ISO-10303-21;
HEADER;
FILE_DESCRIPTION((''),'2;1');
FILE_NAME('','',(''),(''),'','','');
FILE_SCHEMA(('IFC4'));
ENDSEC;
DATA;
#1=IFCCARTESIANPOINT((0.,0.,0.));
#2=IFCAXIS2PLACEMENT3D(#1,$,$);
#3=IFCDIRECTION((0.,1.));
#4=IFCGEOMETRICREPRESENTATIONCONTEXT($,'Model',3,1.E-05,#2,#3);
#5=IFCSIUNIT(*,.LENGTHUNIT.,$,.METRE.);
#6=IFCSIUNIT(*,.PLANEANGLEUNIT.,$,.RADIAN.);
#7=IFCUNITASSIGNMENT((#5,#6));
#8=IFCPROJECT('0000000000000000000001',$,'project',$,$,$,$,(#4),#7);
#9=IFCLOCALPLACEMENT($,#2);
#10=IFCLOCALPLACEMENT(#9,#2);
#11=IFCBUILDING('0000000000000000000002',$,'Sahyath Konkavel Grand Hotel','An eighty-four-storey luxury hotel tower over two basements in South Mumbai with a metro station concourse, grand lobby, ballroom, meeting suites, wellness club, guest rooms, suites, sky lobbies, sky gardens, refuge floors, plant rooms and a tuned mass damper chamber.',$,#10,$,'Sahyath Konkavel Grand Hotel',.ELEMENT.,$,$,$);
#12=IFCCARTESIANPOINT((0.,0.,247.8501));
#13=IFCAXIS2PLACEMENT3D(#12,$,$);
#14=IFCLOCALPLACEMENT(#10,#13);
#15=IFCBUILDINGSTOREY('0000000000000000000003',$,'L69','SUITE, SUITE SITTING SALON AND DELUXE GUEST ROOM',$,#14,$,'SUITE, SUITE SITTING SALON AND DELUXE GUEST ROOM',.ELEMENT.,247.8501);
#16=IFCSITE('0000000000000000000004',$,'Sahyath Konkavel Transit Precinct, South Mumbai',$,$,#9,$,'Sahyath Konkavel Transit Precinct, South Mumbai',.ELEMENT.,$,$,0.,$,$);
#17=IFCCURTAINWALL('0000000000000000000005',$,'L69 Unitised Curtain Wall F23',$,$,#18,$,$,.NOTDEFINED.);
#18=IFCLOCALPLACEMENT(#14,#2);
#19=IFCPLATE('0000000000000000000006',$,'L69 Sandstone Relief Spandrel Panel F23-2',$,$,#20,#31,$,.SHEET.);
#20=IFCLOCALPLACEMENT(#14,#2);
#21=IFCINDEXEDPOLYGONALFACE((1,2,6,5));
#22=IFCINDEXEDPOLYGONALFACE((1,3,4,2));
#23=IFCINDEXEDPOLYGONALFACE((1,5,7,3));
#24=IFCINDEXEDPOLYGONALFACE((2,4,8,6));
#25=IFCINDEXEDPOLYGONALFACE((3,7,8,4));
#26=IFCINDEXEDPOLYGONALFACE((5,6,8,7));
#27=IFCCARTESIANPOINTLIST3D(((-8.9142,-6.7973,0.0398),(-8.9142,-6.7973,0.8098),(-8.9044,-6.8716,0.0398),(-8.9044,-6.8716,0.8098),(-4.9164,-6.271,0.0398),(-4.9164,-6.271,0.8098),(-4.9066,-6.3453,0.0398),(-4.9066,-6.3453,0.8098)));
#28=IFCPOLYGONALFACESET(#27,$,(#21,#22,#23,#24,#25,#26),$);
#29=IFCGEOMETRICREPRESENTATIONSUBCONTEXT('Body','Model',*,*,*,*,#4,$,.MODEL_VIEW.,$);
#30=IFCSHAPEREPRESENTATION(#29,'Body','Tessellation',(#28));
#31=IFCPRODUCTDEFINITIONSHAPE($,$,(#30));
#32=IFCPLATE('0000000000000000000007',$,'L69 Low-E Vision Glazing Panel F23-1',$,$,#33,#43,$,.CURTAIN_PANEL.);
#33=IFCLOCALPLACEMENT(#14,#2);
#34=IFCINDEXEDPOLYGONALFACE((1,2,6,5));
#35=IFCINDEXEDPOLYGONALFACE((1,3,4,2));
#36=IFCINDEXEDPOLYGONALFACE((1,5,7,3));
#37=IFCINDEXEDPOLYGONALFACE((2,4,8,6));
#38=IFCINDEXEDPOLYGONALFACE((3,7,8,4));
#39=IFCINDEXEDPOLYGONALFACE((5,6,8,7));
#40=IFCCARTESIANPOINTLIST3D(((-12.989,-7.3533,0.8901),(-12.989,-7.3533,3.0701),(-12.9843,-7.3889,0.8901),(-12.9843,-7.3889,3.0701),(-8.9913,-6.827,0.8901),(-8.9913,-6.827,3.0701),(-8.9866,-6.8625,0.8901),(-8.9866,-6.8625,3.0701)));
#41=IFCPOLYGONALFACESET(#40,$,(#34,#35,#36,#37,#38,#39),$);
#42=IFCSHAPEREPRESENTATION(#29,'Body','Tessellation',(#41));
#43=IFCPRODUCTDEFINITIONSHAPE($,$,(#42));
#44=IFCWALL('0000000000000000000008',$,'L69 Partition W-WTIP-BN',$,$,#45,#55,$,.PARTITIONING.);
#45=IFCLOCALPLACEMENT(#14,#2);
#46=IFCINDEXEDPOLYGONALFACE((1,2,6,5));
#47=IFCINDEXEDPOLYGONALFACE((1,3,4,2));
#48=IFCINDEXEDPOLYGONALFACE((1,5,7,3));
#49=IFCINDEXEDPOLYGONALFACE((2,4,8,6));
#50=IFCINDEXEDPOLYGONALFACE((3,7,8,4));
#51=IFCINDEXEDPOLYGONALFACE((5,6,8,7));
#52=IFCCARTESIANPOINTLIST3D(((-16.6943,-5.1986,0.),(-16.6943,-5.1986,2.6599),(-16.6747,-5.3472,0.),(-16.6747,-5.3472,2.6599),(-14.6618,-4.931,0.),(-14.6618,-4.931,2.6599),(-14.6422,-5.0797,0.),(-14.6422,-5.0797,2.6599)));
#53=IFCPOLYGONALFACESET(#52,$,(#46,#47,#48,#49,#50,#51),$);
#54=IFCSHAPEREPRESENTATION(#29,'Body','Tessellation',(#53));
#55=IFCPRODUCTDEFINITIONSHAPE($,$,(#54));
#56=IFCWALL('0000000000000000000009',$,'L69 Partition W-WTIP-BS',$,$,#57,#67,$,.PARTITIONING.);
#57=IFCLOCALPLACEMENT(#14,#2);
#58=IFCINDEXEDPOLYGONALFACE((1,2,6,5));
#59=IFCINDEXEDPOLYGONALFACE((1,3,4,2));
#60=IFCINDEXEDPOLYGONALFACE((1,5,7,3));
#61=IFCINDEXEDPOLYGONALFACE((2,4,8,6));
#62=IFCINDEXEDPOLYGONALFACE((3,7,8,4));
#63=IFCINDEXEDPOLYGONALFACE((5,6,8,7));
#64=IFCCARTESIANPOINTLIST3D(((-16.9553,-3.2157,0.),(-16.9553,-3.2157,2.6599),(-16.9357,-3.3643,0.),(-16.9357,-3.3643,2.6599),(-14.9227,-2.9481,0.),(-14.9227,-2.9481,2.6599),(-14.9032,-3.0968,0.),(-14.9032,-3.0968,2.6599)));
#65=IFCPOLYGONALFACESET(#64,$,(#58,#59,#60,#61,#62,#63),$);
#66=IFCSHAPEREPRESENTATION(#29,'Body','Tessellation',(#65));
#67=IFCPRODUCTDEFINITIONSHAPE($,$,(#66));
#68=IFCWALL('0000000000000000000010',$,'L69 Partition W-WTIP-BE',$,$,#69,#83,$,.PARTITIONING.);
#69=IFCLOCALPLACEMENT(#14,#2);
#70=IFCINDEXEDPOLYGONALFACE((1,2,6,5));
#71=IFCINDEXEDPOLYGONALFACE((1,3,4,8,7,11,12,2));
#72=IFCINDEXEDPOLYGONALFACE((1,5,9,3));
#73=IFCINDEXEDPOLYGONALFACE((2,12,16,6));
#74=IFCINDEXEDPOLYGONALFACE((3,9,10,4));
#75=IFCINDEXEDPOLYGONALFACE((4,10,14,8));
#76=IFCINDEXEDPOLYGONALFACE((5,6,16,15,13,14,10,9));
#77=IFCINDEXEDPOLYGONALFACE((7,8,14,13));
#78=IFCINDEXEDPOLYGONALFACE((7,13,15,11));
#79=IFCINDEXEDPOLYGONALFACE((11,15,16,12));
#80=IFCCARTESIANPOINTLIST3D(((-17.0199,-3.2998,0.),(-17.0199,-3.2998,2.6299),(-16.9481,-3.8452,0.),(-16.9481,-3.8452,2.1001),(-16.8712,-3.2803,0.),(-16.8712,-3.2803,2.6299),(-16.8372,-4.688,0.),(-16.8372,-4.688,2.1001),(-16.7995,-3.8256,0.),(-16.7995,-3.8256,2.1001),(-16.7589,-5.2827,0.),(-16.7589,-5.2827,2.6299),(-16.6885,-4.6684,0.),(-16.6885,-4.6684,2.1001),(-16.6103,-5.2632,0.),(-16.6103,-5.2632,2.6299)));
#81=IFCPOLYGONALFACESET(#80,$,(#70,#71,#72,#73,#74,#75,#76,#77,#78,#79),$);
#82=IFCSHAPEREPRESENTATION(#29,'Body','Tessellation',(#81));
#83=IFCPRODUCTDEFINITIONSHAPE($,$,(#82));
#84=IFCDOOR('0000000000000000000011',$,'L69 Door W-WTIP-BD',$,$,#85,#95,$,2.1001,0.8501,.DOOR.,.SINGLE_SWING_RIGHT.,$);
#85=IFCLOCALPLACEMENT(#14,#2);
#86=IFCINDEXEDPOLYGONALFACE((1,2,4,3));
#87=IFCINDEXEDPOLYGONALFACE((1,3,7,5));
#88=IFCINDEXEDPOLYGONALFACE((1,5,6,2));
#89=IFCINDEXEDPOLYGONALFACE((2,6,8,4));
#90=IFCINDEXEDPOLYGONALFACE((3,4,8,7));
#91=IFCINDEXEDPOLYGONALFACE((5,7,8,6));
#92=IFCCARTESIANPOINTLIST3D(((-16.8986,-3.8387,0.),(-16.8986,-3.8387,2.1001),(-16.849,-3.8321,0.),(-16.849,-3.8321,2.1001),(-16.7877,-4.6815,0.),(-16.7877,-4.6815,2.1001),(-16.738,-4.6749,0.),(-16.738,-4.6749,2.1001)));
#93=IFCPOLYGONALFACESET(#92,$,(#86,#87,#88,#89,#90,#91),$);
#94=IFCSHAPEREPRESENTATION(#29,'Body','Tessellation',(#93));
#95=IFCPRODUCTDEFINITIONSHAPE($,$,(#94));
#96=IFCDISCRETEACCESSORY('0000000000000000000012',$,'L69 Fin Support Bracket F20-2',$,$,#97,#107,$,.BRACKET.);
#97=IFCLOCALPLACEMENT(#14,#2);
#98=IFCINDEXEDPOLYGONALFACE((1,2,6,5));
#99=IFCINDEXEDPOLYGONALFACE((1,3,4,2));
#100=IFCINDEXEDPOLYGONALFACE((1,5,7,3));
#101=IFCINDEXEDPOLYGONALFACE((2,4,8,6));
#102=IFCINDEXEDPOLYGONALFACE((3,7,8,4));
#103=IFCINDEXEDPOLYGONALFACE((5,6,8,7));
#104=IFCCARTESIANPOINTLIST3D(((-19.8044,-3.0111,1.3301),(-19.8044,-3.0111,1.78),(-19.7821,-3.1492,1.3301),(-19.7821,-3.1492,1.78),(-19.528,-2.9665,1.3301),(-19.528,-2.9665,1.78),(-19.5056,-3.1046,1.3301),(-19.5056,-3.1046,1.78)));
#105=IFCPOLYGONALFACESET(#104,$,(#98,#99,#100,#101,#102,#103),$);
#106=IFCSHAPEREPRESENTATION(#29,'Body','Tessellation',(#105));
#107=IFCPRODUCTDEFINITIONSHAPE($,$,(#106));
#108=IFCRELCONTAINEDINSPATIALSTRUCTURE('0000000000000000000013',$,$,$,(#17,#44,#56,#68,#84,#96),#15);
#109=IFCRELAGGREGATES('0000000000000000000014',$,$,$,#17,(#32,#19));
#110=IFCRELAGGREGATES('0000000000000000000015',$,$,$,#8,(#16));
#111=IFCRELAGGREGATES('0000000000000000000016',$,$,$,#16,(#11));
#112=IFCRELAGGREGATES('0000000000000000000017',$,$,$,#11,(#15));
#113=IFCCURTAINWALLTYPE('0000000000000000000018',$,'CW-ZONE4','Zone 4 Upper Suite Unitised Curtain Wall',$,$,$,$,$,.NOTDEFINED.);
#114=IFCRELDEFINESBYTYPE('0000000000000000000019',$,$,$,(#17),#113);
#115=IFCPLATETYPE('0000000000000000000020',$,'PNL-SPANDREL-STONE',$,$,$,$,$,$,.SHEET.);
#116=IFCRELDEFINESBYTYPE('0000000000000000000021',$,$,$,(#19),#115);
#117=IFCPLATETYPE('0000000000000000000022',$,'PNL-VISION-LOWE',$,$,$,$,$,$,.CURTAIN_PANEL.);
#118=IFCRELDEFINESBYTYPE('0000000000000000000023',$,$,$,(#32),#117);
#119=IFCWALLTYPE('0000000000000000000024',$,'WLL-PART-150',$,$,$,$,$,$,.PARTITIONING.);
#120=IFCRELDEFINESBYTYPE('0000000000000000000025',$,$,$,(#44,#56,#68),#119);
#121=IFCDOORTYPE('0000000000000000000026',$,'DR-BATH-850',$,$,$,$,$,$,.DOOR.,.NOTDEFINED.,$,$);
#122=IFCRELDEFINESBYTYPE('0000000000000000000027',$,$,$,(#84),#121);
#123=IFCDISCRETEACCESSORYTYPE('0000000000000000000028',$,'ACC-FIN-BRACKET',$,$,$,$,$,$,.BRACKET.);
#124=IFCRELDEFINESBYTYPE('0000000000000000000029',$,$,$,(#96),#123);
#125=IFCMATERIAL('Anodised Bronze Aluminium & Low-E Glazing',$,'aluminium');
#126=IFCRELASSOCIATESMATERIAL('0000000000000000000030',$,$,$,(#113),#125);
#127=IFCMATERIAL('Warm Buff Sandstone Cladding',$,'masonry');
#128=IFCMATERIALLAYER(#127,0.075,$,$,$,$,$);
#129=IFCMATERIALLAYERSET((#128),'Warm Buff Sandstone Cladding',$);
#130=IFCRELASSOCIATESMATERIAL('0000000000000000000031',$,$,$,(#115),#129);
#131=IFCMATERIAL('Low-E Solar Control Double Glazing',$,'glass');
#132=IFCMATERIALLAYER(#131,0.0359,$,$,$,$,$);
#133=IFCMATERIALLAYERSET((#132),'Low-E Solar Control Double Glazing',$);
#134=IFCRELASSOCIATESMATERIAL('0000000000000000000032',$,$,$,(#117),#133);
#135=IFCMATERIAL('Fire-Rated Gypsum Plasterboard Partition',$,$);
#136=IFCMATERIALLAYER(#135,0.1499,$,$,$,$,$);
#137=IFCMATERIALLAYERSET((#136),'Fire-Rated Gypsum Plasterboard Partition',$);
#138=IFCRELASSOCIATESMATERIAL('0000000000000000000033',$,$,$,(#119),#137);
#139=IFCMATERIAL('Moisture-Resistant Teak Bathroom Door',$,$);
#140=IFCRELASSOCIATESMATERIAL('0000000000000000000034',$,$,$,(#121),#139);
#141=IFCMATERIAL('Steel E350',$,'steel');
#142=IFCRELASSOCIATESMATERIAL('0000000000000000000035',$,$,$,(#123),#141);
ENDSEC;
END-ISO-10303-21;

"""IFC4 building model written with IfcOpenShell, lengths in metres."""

from ifc_helpers import new_model, si_unit, direction, frame, frame_2d, origin, origin_2d, place, context, subcontext, project, spatial, rectangle, extrude, source, transform, mapped, material, layer, layer_set, type_object, element, fill, aggregate, save


model = new_model("IFC4")

# Units and contexts
model_context = context("Model", 3, precision=1e-05, world=origin(), true_north=direction((0.0, 1.0)))
body_context = subcontext(model_context, "Body", "Model", "MODEL_VIEW")
ifc_project = project(units=[si_unit("LENGTHUNIT", "METRE"), si_unit("PLANEANGLEUNIT", "RADIAN")], contexts=[model_context])

# Site, building, storey
site_placement = place(None, origin())
site = spatial("IfcSite", under=ifc_project, at=site_placement, Name="Sahyath Konkavel Transit Precinct, South Mumbai", LongName="Sahyath Konkavel Transit Precinct, South Mumbai", CompositionType="ELEMENT", RefElevation=0.0)
building_placement = place(site_placement, origin())
building = spatial("IfcBuilding", under=site, at=building_placement, Name="Sahyath Konkavel Grand Hotel", Description="An eighty-four-storey luxury hotel tower over two basements in South Mumbai with a metro station concourse, grand lobby, ballroom, meeting suites, wellness club, guest rooms, suites, sky lobbies, sky gardens, refuge floors, plant rooms and a tuned mass damper chamber.", LongName="Sahyath Konkavel Grand Hotel", CompositionType="ELEMENT")
storey_placement = place(building_placement, frame((0.0, 0.0, 247.8501)))
storey = spatial("IfcBuildingStorey", under=building, at=storey_placement, Name="L69", Description="SUITE, SUITE SITTING SALON AND DELUXE GUEST ROOM", LongName="SUITE, SUITE SITTING SALON AND DELUXE GUEST ROOM", CompositionType="ELEMENT", Elevation=247.8501)

# Shared definitions
ifc_material_1 = material(Name="Steel E350", Category="steel")

# Shared definitions
ifc_material_2 = material(Name="Anodised Bronze Aluminium & Low-E Glazing", Category="aluminium")
curtain_wall_type = type_object("IfcCurtainWallType", Name="CW-ZONE4", Description="Zone 4 Upper Suite Unitised Curtain Wall", PredefinedType="NOTDEFINED", material=ifc_material_2)

# Curtain wall
curtain_wall_1_placement = place(storey_placement, origin())
curtain_wall_1 = element("IfcCurtainWall", 1, at=curtain_wall_1_placement, inside=storey, type_object=curtain_wall_type, Name="L69 Unitised Curtain Wall F23", PredefinedType="NOTDEFINED")

# Plates
ifc_material_3 = material(Name="Warm Buff Sandstone Cladding", Category="masonry")
ifc_layer_1 = layer(ifc_material_3, 0.075)
ifc_layer_set_1 = layer_set([ifc_layer_1], Name="Warm Buff Sandstone Cladding")
plate_type_1 = type_object("IfcPlateType", Name="PNL-SPANDREL-STONE", PredefinedType="SHEET", material=ifc_layer_set_1)
ifc_material_4 = material(Name="Low-E Solar Control Double Glazing", Category="glass")
ifc_layer_2 = layer(ifc_material_4, 0.0359)
ifc_layer_set_2 = layer_set([ifc_layer_2], Name="Low-E Solar Control Double Glazing")
plate_type_2 = type_object("IfcPlateType", Name="PNL-VISION-LOWE", PredefinedType="CURTAIN_PANEL", material=ifc_layer_set_2)
shared_shape_1 = source(origin(), body_context, "Body", "SweptSolid", [
    extrude(rectangle(XDim=4.0322, YDim=0.075, at=origin_2d()), origin(), (0.0, 0.0, 1.0), 0.77),
])
plate_1_placement = place(storey_placement, frame((-6.9104, -6.5713, 0.0398), z_axis=(0.0, 0.0, 1.0), x_axis=(0.991445, 0.130526, 0.0)))
plate_1 = element("IfcPlate", 2, at=plate_1_placement, type_object=plate_type_1, Name="L69 Sandstone Relief Spandrel Panel F23-2", PredefinedType="SHEET", context=body_context, shape_type="MappedRepresentation", body=[
    mapped(shared_shape_1, transform((0.0, 0.0, 0.0), scale=1.0)),
])
shared_shape_2 = source(origin(), body_context, "Body", "SweptSolid", [
    extrude(rectangle(XDim=4.0322, YDim=0.0359, at=origin_2d()), origin(), (0.0, 0.0, 1.0), 2.1799),
])
plate_2_placement = place(storey_placement, frame((-10.9878, -7.1079, 0.8901), z_axis=(0.0, 0.0, 1.0), x_axis=(0.991445, 0.130526, 0.0)))
plate_2 = element("IfcPlate", 3, at=plate_2_placement, type_object=plate_type_2, Name="L69 Low-E Vision Glazing Panel F23-1", PredefinedType="CURTAIN_PANEL", context=body_context, shape_type="MappedRepresentation", body=[
    mapped(shared_shape_2, transform((0.0, 0.0, 0.0), scale=1.0)),
])
aggregate(curtain_wall_1, [plate_2, plate_1])

# Walls
ifc_material_5 = material(Name="Fire-Rated Gypsum Plasterboard Partition")
ifc_layer_3 = layer(ifc_material_5, 0.1499)
ifc_layer_set_3 = layer_set([ifc_layer_3], Name="Fire-Rated Gypsum Plasterboard Partition")
wall_type = type_object("IfcWallType", Name="WLL-PART-150", PredefinedType="PARTITIONING", material=ifc_layer_set_3)
for number, where, z_axis, x_axis, name in (
    (4, (-14.6521, -5.0054, 0.0), (0.0, 0.0, 1.0), (-0.991445, -0.130525, 0.0), "L69 Partition W-WTIP-BN"),
    (5, (-14.9131, -3.0225, 0.0), (0.0, 0.0, 1.0), (-0.991445, -0.130525, 0.0), "L69 Partition W-WTIP-BS"),
):
    element("IfcWall", number, at=place(storey_placement, frame(where, z_axis=z_axis, x_axis=x_axis)), inside=storey, type_object=wall_type, Name=name, PredefinedType="PARTITIONING", context=body_context, shape_type="SweptSolid", body=[
        extrude(rectangle(XDim=2.05, YDim=0.1499, at=frame_2d((1.0249, 0.0))), origin(), (0.0, 0.0, 1.0), 2.6599),
    ])

# Wall, opening, door
wall_placement = place(storey_placement, frame((-16.9456, -3.29, 0.0), z_axis=(0.0, 0.0, 1.0), x_axis=(0.130492, -0.991449, 0.0)))
wall = element("IfcWall", 6, at=wall_placement, inside=storey, type_object=wall_type, Name="L69 Partition W-WTIP-BE", PredefinedType="PARTITIONING", context=body_context, shape_type="SweptSolid", body=[
    extrude(rectangle(XDim=2.0, YDim=0.1499, at=frame_2d((1.0, 0.0))), origin(), (0.0, 0.0, 1.0), 2.6299),
])
opening_placement = place(wall_placement, frame((0.55, 0.0, 0.0)))
opening = element("IfcOpeningElement", 7, at=opening_placement, cuts=wall, PredefinedType="OPENING", context=body_context, shape_type="SweptSolid", body=[
    extrude(rectangle(XDim=0.8501, YDim=2.1001, at=frame_2d((0.425, 1.05))), frame((0.0, 0.085, 0.0), z_axis=(0.0, -1.0, 0.0), x_axis=(1.0, 0.0, 0.0)), (0.0, 0.0, 1.0), 0.1699),
])
ifc_material_6 = material(Name="Moisture-Resistant Teak Bathroom Door")
door_type = type_object("IfcDoorType", Name="DR-BATH-850", OperationType="NOTDEFINED", PredefinedType="DOOR", material=ifc_material_6)
shared_shape_3 = source(origin(), body_context, "Body", "SweptSolid", [
    extrude(rectangle(XDim=0.8501, YDim=0.05, at=origin_2d()), origin(), (0.0, 0.0, 1.0), 2.1001),
])
door_placement = place(opening_placement, frame((0.425, 0.0, 0.0)))
door = element("IfcDoor", 8, at=door_placement, inside=storey, type_object=door_type, Name="L69 Door W-WTIP-BD", OperationType="SINGLE_SWING_RIGHT", OverallHeight=2.1001, OverallWidth=0.8501, PredefinedType="DOOR", context=body_context, shape_type="MappedRepresentation", body=[
    mapped(shared_shape_3, transform((0.0, 0.0, 0.0), scale=1.0)),
])
fill(opening, door)

# Discrete accessory
discrete_accessory_type = type_object("IfcDiscreteAccessoryType", Name="ACC-FIN-BRACKET", PredefinedType="BRACKET", material=ifc_material_1)
shared_shape_4 = source(origin(), body_context, "Body", "SweptSolid", [
    extrude(rectangle(XDim=0.28, YDim=0.1399, at=origin_2d()), origin(), (0.0, 0.0, 1.0), 0.45),
])
discrete_accessory_placement = place(storey_placement, frame((-19.655, -3.0579, 1.3301), z_axis=(0.0, 0.0, 1.0), x_axis=(-0.987192, -0.159537, 0.0)))
element("IfcDiscreteAccessory", 9, at=discrete_accessory_placement, inside=storey, type_object=discrete_accessory_type, Name="L69 Fin Support Bracket F20-2", PredefinedType="BRACKET", context=body_context, shape_type="MappedRepresentation", body=[
    mapped(shared_shape_4, transform((0.0, 0.0, 0.0), scale=1.0)),
])

save(model, "model.ifc")
